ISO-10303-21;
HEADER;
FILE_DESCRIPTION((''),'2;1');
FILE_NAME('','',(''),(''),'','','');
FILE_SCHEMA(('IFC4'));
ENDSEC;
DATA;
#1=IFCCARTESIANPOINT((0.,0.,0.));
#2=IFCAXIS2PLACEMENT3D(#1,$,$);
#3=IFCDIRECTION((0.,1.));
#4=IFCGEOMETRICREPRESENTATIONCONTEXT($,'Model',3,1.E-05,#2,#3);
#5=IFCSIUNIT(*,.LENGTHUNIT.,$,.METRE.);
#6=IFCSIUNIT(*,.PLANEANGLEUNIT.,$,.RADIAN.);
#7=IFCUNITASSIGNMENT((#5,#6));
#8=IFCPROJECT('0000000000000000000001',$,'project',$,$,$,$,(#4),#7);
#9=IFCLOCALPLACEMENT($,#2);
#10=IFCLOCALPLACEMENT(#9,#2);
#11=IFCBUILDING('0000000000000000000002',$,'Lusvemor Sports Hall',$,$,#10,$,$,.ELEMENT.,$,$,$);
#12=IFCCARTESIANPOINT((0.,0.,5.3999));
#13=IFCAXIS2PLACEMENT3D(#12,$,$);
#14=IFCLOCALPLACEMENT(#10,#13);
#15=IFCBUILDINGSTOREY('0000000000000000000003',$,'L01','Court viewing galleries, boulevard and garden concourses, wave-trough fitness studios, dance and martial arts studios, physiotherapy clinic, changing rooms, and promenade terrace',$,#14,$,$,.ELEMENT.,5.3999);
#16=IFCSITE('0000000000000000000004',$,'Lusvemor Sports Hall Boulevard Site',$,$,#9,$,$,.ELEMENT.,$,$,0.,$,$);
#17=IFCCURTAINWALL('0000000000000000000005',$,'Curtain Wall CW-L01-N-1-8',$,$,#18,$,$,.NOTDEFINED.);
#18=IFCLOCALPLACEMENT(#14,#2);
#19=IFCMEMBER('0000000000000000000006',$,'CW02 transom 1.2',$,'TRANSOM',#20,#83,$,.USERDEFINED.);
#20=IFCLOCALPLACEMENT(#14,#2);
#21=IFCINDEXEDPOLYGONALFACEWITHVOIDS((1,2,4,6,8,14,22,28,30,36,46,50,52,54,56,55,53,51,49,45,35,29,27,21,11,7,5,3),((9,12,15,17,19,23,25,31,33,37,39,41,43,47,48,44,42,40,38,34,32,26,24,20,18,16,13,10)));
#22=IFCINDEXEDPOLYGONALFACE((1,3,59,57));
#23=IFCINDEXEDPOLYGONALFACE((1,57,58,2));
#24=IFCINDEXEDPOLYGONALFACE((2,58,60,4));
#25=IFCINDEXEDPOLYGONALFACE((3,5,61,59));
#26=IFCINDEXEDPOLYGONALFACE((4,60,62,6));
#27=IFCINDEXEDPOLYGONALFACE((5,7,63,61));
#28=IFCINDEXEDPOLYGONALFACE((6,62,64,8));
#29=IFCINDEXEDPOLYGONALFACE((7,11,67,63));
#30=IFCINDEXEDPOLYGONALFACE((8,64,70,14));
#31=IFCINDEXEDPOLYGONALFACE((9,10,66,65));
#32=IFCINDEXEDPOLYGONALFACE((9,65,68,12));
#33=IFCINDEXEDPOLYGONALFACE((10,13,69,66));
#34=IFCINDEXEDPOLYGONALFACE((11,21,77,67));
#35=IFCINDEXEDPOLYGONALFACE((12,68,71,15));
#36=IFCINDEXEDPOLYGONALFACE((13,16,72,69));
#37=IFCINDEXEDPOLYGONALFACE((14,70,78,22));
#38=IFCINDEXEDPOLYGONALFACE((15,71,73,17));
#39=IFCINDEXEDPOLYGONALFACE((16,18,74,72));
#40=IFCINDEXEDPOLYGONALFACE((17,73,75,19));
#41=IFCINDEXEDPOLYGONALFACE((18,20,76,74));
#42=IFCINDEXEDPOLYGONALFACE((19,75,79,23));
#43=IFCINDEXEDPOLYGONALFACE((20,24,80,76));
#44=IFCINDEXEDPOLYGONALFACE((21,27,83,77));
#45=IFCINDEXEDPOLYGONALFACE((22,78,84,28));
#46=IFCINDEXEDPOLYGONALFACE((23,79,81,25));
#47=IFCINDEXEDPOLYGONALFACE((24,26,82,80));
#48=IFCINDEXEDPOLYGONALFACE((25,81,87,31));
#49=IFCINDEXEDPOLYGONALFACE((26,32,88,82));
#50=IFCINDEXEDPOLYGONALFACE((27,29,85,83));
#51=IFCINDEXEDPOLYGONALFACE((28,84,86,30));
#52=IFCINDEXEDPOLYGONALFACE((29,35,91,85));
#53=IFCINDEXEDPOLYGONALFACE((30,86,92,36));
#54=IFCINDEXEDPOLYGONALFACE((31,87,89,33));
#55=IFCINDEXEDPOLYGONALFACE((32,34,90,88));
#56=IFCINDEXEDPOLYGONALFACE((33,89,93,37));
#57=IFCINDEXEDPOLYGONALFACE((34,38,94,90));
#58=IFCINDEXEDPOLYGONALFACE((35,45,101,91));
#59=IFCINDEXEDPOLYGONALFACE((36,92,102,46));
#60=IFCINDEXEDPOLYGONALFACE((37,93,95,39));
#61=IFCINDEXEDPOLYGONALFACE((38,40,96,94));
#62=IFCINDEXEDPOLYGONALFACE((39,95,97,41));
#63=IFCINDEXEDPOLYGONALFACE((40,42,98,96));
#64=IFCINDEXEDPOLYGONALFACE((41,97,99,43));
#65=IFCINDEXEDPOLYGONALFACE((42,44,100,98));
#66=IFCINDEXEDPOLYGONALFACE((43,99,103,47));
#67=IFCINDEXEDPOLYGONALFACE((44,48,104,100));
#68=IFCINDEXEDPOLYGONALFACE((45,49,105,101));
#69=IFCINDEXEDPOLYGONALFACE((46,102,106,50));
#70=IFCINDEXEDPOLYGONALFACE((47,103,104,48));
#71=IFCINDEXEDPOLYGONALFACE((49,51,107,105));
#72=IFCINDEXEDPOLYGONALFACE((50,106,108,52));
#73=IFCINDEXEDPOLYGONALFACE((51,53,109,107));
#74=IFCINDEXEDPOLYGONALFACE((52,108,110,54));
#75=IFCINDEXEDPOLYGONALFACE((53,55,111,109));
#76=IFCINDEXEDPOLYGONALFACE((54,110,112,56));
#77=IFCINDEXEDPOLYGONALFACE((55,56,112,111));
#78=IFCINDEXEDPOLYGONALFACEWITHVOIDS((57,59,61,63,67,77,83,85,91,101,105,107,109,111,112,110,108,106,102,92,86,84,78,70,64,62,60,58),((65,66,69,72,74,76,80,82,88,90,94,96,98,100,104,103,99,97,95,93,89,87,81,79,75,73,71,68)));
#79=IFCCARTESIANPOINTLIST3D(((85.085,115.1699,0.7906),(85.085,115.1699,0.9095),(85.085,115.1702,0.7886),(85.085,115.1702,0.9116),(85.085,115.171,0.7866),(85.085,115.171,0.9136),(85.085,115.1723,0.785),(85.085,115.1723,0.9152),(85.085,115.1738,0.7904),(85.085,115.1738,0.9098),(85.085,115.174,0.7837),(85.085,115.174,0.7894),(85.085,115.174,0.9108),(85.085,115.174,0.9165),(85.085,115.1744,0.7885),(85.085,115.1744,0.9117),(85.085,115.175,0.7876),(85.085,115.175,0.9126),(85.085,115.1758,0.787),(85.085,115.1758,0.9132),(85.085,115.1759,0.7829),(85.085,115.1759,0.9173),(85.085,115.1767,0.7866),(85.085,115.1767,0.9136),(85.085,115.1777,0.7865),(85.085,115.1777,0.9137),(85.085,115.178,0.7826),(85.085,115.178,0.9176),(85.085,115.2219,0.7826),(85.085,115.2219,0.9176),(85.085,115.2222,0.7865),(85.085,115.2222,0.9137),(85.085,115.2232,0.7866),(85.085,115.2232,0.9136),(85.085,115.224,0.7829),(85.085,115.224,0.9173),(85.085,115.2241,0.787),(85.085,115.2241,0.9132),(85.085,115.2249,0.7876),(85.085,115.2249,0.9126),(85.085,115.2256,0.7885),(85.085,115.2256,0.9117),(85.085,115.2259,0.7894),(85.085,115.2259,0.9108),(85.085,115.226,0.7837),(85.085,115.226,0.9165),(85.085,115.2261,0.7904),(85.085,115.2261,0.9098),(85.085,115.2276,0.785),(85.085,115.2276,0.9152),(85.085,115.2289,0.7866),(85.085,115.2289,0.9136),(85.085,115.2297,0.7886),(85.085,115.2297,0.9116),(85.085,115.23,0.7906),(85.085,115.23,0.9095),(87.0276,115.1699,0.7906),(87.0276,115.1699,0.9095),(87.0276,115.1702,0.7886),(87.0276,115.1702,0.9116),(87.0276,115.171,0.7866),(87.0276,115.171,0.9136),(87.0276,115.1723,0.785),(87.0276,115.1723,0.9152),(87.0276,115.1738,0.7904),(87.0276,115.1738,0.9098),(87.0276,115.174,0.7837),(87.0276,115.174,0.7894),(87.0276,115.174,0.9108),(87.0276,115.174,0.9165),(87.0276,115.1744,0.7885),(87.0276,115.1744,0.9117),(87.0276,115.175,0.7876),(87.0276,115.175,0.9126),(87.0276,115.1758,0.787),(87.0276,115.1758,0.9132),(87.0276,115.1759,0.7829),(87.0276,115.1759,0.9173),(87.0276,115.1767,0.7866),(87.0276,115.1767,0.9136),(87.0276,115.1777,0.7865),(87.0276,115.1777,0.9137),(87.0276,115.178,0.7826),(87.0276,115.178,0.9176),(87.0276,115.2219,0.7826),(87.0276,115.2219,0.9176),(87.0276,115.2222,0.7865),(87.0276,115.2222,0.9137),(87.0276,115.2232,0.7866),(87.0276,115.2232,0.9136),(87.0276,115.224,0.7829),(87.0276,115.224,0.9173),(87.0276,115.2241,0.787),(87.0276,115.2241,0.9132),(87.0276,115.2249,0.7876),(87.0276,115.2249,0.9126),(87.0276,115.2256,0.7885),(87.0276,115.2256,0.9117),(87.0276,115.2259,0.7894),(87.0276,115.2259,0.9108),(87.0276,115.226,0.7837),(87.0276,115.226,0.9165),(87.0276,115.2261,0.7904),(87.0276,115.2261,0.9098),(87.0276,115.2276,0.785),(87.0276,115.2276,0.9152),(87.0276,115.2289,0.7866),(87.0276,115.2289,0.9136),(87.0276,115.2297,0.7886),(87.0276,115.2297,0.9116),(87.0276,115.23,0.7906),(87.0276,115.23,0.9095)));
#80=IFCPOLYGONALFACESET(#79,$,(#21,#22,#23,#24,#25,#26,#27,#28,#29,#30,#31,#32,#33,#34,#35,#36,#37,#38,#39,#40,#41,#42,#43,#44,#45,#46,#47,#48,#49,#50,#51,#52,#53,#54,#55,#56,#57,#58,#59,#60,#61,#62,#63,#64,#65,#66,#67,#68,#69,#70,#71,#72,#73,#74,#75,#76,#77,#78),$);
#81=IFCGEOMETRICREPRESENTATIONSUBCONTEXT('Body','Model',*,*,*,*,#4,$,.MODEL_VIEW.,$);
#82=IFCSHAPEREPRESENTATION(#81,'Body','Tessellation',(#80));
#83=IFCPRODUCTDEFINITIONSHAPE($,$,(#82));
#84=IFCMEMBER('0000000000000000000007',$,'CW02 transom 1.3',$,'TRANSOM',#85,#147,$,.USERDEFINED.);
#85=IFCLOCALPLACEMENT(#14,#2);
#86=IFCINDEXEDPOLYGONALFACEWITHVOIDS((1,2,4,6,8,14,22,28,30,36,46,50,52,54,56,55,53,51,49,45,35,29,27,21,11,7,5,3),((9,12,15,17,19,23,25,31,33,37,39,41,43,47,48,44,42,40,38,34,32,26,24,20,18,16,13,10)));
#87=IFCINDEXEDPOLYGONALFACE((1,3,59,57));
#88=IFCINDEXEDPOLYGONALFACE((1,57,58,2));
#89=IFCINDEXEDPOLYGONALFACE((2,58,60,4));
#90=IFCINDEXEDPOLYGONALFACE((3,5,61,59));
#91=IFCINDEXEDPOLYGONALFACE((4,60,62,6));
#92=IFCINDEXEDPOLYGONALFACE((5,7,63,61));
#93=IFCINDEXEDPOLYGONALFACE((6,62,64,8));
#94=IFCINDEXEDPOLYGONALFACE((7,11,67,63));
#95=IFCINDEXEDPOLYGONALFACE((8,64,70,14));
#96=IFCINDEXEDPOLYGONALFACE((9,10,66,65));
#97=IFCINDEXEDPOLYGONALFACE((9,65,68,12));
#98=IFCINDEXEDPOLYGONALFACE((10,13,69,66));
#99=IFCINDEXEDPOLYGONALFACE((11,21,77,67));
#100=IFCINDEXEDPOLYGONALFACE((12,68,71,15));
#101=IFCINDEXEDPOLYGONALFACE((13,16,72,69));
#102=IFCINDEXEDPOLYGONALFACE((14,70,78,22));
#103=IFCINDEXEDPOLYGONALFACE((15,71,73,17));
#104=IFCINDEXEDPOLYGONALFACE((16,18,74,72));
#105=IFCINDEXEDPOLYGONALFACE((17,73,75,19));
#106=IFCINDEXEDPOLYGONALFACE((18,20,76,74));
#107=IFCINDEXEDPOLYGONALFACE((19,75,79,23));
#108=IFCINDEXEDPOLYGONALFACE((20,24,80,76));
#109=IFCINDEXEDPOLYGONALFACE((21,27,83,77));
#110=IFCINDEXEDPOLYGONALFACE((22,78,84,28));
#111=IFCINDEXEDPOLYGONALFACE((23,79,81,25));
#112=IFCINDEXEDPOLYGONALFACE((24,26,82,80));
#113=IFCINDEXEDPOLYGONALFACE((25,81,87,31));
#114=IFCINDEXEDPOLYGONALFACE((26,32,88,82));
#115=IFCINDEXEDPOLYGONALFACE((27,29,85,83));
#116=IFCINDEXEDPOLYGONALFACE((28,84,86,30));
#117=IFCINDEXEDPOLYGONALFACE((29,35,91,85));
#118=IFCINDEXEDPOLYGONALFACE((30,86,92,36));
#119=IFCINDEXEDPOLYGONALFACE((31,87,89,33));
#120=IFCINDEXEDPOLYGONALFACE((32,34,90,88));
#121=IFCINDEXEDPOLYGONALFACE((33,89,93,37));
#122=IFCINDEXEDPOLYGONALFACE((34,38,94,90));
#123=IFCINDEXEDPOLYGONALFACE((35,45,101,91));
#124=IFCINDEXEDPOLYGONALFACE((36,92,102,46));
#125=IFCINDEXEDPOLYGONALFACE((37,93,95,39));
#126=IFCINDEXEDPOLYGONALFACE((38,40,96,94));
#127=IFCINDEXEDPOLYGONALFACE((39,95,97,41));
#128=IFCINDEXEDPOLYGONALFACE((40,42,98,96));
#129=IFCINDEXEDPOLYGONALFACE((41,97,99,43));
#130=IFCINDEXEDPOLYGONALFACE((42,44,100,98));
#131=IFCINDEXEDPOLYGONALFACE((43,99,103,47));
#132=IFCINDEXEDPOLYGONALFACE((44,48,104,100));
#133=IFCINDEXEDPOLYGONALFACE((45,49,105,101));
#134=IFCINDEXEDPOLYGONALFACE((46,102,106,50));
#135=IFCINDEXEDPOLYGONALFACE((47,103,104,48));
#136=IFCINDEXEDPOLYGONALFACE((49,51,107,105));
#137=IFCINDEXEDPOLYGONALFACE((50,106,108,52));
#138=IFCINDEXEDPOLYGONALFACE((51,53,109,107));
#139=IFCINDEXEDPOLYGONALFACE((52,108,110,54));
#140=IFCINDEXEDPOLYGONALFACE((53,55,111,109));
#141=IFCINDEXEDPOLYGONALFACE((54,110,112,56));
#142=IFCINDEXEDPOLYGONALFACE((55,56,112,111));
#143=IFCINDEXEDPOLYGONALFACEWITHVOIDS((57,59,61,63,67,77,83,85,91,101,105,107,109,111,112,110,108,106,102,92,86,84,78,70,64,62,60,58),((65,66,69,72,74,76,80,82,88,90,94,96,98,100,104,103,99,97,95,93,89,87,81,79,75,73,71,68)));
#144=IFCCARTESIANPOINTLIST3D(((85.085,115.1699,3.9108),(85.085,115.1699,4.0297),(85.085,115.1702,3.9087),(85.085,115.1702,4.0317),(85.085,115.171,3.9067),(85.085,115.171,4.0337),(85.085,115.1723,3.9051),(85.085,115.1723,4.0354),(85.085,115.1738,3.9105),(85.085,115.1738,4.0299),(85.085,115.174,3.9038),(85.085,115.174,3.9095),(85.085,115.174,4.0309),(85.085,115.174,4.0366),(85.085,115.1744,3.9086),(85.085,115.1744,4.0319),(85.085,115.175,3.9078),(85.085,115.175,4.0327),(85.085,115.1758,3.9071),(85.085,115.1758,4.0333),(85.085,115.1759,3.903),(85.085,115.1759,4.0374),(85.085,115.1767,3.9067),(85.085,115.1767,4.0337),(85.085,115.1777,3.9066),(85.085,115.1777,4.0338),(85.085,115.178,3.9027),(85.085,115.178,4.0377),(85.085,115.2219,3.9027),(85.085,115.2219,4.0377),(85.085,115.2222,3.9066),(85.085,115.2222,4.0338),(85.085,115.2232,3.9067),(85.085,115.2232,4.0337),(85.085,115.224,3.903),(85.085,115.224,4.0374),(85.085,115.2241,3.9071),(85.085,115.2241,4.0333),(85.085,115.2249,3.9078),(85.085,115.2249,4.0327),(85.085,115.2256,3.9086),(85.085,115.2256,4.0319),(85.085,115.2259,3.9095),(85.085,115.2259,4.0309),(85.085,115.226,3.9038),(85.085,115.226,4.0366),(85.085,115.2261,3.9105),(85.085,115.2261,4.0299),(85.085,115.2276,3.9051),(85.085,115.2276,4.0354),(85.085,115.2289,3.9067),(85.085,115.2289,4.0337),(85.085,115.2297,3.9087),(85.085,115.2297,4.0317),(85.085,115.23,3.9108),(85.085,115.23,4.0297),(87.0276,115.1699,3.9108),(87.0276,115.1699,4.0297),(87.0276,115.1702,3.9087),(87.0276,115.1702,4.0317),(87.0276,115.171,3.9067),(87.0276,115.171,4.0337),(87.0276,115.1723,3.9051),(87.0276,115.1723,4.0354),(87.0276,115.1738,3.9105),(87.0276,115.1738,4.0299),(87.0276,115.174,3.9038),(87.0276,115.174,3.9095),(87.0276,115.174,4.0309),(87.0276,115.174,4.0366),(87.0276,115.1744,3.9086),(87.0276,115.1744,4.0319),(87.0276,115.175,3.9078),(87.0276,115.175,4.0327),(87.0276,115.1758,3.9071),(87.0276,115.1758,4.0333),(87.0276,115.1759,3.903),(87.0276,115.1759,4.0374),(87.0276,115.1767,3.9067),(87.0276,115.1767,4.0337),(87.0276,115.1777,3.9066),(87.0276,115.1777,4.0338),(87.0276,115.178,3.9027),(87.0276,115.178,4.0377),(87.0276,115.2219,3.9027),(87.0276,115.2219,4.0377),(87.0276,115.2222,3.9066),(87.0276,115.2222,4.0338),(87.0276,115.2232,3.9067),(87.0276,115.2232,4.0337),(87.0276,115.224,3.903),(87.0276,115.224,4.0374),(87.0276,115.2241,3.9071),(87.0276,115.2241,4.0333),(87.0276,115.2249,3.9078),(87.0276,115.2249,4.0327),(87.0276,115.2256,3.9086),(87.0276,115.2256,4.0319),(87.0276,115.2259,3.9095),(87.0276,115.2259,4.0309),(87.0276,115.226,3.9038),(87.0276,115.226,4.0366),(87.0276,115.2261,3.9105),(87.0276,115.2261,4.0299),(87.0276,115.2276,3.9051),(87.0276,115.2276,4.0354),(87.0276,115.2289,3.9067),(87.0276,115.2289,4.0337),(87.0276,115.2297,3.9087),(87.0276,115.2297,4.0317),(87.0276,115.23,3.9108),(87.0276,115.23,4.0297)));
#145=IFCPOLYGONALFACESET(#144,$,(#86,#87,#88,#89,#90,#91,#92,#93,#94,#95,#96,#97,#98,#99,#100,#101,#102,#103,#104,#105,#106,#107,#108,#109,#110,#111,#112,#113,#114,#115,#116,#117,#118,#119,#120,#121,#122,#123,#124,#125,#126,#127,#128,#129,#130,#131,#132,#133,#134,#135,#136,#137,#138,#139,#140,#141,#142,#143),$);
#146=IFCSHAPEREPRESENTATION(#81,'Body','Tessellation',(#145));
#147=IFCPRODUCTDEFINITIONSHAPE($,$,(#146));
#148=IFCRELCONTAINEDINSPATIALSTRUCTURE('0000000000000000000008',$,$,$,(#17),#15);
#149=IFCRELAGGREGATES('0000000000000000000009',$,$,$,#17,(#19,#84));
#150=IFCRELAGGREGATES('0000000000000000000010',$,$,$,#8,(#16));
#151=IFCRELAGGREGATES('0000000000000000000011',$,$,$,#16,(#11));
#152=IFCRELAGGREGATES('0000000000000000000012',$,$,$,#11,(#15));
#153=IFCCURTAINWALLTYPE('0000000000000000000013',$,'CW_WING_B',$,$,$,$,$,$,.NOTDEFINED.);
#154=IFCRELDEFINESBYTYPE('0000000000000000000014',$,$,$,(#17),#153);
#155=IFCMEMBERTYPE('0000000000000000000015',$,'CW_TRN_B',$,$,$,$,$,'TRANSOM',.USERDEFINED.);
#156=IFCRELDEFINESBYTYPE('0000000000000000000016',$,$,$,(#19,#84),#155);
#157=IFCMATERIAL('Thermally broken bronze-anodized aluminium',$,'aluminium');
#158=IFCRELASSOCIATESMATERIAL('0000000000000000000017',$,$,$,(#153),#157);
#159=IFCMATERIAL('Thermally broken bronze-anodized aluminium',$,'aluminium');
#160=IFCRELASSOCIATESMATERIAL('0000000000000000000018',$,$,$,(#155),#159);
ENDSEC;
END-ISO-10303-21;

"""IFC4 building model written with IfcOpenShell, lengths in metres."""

from ifc_helpers import new_model, si_unit, direction, frame, origin, origin_2d, place, context, subcontext, project, spatial, hollow_rectangle, extrude, material, material_profile, profile_set, type_object, element, aggregate, save


model = new_model("IFC4")

# Units and contexts
model_context = context("Model", 3, precision=1e-05, world=origin(), true_north=direction((0.0, 1.0)))
body_context = subcontext(model_context, "Body", "Model", "MODEL_VIEW")
ifc_project = project(units=[si_unit("LENGTHUNIT", "METRE"), si_unit("PLANEANGLEUNIT", "RADIAN")], contexts=[model_context])

# Site, building, storey
site_placement = place(None, origin())
site = spatial("IfcSite", under=ifc_project, at=site_placement, Name="Lusvemor Sports Hall Boulevard Site", CompositionType="ELEMENT", RefElevation=0.0)
building_placement = place(site_placement, origin())
building = spatial("IfcBuilding", under=site, at=building_placement, Name="Lusvemor Sports Hall", CompositionType="ELEMENT")
storey_placement = place(building_placement, frame((0.0, 0.0, 5.3999)))
storey = spatial("IfcBuildingStorey", under=building, at=storey_placement, Name="L01", Description="Court viewing galleries, boulevard and garden concourses, wave-trough fitness studios, dance and martial arts studios, physiotherapy clinic, changing rooms, and promenade terrace", CompositionType="ELEMENT", Elevation=5.3999)

# Curtain wall, members
ifc_material_1 = material(Name="Thermally broken bronze-anodized aluminium", Category="aluminium")
curtain_wall_type = type_object("IfcCurtainWallType", Name="CW_WING_B", PredefinedType="NOTDEFINED", material=ifc_material_1)
curtain_wall_placement = place(storey_placement, origin())
curtain_wall = element("IfcCurtainWall", 1, at=curtain_wall_placement, inside=storey, type_object=curtain_wall_type, Name="Curtain Wall CW-L01-N-1-8", PredefinedType="NOTDEFINED")
ifc_material_2 = material(Name="Thermally broken bronze-anodized aluminium", Category="aluminium")
ifc_material_profile_1 = material_profile(ifc_material_2, hollow_rectangle(XDim=0.0601, YDim=0.135, WallThickness=0.0039, InnerFilletRadius=0.0039, OuterFilletRadius=0.0081, at=origin_2d()), Name="CWTRN135x60x4")
ifc_profile_set_1 = profile_set([ifc_material_profile_1], Name="Thermally broken bronze-anodized aluminium")
member_type_1 = type_object("IfcMemberType", Name="CW_TRN_B", ElementType="TRANSOM", PredefinedType="USERDEFINED", material=ifc_profile_set_1)
member_1_placement = place(storey_placement, frame((85.085, 115.2, 0.8501), z_axis=(1.0, 0.0, 0.0), x_axis=(0.0, 1.0, 0.0)))
member_1 = element("IfcMember", 2, at=member_1_placement, type_object=member_type_1, Name="CW02 transom 1.2", ObjectType="TRANSOM", PredefinedType="USERDEFINED", context=body_context, shape_type="SweptSolid", body=[
    extrude(hollow_rectangle(XDim=0.0601, YDim=0.135, WallThickness=0.0039, InnerFilletRadius=0.0039, OuterFilletRadius=0.0081, at=origin_2d()), origin(), (0.0, 0.0, 1.0), 1.9426),
])
member_2_placement = place(storey_placement, frame((85.085, 115.2, 3.9702), z_axis=(1.0, 0.0, 0.0), x_axis=(0.0, 1.0, 0.0)))
member_2 = element("IfcMember", 3, at=member_2_placement, type_object=member_type_1, Name="CW02 transom 1.3", ObjectType="TRANSOM", PredefinedType="USERDEFINED", context=body_context, shape_type="SweptSolid", body=[
    extrude(hollow_rectangle(XDim=0.0601, YDim=0.135, WallThickness=0.0039, InnerFilletRadius=0.0039, OuterFilletRadius=0.0081, at=origin_2d()), origin(), (0.0, 0.0, 1.0), 1.9426),
])

aggregate(curtain_wall, [member_1, member_2])

save(model, "model.ifc")
